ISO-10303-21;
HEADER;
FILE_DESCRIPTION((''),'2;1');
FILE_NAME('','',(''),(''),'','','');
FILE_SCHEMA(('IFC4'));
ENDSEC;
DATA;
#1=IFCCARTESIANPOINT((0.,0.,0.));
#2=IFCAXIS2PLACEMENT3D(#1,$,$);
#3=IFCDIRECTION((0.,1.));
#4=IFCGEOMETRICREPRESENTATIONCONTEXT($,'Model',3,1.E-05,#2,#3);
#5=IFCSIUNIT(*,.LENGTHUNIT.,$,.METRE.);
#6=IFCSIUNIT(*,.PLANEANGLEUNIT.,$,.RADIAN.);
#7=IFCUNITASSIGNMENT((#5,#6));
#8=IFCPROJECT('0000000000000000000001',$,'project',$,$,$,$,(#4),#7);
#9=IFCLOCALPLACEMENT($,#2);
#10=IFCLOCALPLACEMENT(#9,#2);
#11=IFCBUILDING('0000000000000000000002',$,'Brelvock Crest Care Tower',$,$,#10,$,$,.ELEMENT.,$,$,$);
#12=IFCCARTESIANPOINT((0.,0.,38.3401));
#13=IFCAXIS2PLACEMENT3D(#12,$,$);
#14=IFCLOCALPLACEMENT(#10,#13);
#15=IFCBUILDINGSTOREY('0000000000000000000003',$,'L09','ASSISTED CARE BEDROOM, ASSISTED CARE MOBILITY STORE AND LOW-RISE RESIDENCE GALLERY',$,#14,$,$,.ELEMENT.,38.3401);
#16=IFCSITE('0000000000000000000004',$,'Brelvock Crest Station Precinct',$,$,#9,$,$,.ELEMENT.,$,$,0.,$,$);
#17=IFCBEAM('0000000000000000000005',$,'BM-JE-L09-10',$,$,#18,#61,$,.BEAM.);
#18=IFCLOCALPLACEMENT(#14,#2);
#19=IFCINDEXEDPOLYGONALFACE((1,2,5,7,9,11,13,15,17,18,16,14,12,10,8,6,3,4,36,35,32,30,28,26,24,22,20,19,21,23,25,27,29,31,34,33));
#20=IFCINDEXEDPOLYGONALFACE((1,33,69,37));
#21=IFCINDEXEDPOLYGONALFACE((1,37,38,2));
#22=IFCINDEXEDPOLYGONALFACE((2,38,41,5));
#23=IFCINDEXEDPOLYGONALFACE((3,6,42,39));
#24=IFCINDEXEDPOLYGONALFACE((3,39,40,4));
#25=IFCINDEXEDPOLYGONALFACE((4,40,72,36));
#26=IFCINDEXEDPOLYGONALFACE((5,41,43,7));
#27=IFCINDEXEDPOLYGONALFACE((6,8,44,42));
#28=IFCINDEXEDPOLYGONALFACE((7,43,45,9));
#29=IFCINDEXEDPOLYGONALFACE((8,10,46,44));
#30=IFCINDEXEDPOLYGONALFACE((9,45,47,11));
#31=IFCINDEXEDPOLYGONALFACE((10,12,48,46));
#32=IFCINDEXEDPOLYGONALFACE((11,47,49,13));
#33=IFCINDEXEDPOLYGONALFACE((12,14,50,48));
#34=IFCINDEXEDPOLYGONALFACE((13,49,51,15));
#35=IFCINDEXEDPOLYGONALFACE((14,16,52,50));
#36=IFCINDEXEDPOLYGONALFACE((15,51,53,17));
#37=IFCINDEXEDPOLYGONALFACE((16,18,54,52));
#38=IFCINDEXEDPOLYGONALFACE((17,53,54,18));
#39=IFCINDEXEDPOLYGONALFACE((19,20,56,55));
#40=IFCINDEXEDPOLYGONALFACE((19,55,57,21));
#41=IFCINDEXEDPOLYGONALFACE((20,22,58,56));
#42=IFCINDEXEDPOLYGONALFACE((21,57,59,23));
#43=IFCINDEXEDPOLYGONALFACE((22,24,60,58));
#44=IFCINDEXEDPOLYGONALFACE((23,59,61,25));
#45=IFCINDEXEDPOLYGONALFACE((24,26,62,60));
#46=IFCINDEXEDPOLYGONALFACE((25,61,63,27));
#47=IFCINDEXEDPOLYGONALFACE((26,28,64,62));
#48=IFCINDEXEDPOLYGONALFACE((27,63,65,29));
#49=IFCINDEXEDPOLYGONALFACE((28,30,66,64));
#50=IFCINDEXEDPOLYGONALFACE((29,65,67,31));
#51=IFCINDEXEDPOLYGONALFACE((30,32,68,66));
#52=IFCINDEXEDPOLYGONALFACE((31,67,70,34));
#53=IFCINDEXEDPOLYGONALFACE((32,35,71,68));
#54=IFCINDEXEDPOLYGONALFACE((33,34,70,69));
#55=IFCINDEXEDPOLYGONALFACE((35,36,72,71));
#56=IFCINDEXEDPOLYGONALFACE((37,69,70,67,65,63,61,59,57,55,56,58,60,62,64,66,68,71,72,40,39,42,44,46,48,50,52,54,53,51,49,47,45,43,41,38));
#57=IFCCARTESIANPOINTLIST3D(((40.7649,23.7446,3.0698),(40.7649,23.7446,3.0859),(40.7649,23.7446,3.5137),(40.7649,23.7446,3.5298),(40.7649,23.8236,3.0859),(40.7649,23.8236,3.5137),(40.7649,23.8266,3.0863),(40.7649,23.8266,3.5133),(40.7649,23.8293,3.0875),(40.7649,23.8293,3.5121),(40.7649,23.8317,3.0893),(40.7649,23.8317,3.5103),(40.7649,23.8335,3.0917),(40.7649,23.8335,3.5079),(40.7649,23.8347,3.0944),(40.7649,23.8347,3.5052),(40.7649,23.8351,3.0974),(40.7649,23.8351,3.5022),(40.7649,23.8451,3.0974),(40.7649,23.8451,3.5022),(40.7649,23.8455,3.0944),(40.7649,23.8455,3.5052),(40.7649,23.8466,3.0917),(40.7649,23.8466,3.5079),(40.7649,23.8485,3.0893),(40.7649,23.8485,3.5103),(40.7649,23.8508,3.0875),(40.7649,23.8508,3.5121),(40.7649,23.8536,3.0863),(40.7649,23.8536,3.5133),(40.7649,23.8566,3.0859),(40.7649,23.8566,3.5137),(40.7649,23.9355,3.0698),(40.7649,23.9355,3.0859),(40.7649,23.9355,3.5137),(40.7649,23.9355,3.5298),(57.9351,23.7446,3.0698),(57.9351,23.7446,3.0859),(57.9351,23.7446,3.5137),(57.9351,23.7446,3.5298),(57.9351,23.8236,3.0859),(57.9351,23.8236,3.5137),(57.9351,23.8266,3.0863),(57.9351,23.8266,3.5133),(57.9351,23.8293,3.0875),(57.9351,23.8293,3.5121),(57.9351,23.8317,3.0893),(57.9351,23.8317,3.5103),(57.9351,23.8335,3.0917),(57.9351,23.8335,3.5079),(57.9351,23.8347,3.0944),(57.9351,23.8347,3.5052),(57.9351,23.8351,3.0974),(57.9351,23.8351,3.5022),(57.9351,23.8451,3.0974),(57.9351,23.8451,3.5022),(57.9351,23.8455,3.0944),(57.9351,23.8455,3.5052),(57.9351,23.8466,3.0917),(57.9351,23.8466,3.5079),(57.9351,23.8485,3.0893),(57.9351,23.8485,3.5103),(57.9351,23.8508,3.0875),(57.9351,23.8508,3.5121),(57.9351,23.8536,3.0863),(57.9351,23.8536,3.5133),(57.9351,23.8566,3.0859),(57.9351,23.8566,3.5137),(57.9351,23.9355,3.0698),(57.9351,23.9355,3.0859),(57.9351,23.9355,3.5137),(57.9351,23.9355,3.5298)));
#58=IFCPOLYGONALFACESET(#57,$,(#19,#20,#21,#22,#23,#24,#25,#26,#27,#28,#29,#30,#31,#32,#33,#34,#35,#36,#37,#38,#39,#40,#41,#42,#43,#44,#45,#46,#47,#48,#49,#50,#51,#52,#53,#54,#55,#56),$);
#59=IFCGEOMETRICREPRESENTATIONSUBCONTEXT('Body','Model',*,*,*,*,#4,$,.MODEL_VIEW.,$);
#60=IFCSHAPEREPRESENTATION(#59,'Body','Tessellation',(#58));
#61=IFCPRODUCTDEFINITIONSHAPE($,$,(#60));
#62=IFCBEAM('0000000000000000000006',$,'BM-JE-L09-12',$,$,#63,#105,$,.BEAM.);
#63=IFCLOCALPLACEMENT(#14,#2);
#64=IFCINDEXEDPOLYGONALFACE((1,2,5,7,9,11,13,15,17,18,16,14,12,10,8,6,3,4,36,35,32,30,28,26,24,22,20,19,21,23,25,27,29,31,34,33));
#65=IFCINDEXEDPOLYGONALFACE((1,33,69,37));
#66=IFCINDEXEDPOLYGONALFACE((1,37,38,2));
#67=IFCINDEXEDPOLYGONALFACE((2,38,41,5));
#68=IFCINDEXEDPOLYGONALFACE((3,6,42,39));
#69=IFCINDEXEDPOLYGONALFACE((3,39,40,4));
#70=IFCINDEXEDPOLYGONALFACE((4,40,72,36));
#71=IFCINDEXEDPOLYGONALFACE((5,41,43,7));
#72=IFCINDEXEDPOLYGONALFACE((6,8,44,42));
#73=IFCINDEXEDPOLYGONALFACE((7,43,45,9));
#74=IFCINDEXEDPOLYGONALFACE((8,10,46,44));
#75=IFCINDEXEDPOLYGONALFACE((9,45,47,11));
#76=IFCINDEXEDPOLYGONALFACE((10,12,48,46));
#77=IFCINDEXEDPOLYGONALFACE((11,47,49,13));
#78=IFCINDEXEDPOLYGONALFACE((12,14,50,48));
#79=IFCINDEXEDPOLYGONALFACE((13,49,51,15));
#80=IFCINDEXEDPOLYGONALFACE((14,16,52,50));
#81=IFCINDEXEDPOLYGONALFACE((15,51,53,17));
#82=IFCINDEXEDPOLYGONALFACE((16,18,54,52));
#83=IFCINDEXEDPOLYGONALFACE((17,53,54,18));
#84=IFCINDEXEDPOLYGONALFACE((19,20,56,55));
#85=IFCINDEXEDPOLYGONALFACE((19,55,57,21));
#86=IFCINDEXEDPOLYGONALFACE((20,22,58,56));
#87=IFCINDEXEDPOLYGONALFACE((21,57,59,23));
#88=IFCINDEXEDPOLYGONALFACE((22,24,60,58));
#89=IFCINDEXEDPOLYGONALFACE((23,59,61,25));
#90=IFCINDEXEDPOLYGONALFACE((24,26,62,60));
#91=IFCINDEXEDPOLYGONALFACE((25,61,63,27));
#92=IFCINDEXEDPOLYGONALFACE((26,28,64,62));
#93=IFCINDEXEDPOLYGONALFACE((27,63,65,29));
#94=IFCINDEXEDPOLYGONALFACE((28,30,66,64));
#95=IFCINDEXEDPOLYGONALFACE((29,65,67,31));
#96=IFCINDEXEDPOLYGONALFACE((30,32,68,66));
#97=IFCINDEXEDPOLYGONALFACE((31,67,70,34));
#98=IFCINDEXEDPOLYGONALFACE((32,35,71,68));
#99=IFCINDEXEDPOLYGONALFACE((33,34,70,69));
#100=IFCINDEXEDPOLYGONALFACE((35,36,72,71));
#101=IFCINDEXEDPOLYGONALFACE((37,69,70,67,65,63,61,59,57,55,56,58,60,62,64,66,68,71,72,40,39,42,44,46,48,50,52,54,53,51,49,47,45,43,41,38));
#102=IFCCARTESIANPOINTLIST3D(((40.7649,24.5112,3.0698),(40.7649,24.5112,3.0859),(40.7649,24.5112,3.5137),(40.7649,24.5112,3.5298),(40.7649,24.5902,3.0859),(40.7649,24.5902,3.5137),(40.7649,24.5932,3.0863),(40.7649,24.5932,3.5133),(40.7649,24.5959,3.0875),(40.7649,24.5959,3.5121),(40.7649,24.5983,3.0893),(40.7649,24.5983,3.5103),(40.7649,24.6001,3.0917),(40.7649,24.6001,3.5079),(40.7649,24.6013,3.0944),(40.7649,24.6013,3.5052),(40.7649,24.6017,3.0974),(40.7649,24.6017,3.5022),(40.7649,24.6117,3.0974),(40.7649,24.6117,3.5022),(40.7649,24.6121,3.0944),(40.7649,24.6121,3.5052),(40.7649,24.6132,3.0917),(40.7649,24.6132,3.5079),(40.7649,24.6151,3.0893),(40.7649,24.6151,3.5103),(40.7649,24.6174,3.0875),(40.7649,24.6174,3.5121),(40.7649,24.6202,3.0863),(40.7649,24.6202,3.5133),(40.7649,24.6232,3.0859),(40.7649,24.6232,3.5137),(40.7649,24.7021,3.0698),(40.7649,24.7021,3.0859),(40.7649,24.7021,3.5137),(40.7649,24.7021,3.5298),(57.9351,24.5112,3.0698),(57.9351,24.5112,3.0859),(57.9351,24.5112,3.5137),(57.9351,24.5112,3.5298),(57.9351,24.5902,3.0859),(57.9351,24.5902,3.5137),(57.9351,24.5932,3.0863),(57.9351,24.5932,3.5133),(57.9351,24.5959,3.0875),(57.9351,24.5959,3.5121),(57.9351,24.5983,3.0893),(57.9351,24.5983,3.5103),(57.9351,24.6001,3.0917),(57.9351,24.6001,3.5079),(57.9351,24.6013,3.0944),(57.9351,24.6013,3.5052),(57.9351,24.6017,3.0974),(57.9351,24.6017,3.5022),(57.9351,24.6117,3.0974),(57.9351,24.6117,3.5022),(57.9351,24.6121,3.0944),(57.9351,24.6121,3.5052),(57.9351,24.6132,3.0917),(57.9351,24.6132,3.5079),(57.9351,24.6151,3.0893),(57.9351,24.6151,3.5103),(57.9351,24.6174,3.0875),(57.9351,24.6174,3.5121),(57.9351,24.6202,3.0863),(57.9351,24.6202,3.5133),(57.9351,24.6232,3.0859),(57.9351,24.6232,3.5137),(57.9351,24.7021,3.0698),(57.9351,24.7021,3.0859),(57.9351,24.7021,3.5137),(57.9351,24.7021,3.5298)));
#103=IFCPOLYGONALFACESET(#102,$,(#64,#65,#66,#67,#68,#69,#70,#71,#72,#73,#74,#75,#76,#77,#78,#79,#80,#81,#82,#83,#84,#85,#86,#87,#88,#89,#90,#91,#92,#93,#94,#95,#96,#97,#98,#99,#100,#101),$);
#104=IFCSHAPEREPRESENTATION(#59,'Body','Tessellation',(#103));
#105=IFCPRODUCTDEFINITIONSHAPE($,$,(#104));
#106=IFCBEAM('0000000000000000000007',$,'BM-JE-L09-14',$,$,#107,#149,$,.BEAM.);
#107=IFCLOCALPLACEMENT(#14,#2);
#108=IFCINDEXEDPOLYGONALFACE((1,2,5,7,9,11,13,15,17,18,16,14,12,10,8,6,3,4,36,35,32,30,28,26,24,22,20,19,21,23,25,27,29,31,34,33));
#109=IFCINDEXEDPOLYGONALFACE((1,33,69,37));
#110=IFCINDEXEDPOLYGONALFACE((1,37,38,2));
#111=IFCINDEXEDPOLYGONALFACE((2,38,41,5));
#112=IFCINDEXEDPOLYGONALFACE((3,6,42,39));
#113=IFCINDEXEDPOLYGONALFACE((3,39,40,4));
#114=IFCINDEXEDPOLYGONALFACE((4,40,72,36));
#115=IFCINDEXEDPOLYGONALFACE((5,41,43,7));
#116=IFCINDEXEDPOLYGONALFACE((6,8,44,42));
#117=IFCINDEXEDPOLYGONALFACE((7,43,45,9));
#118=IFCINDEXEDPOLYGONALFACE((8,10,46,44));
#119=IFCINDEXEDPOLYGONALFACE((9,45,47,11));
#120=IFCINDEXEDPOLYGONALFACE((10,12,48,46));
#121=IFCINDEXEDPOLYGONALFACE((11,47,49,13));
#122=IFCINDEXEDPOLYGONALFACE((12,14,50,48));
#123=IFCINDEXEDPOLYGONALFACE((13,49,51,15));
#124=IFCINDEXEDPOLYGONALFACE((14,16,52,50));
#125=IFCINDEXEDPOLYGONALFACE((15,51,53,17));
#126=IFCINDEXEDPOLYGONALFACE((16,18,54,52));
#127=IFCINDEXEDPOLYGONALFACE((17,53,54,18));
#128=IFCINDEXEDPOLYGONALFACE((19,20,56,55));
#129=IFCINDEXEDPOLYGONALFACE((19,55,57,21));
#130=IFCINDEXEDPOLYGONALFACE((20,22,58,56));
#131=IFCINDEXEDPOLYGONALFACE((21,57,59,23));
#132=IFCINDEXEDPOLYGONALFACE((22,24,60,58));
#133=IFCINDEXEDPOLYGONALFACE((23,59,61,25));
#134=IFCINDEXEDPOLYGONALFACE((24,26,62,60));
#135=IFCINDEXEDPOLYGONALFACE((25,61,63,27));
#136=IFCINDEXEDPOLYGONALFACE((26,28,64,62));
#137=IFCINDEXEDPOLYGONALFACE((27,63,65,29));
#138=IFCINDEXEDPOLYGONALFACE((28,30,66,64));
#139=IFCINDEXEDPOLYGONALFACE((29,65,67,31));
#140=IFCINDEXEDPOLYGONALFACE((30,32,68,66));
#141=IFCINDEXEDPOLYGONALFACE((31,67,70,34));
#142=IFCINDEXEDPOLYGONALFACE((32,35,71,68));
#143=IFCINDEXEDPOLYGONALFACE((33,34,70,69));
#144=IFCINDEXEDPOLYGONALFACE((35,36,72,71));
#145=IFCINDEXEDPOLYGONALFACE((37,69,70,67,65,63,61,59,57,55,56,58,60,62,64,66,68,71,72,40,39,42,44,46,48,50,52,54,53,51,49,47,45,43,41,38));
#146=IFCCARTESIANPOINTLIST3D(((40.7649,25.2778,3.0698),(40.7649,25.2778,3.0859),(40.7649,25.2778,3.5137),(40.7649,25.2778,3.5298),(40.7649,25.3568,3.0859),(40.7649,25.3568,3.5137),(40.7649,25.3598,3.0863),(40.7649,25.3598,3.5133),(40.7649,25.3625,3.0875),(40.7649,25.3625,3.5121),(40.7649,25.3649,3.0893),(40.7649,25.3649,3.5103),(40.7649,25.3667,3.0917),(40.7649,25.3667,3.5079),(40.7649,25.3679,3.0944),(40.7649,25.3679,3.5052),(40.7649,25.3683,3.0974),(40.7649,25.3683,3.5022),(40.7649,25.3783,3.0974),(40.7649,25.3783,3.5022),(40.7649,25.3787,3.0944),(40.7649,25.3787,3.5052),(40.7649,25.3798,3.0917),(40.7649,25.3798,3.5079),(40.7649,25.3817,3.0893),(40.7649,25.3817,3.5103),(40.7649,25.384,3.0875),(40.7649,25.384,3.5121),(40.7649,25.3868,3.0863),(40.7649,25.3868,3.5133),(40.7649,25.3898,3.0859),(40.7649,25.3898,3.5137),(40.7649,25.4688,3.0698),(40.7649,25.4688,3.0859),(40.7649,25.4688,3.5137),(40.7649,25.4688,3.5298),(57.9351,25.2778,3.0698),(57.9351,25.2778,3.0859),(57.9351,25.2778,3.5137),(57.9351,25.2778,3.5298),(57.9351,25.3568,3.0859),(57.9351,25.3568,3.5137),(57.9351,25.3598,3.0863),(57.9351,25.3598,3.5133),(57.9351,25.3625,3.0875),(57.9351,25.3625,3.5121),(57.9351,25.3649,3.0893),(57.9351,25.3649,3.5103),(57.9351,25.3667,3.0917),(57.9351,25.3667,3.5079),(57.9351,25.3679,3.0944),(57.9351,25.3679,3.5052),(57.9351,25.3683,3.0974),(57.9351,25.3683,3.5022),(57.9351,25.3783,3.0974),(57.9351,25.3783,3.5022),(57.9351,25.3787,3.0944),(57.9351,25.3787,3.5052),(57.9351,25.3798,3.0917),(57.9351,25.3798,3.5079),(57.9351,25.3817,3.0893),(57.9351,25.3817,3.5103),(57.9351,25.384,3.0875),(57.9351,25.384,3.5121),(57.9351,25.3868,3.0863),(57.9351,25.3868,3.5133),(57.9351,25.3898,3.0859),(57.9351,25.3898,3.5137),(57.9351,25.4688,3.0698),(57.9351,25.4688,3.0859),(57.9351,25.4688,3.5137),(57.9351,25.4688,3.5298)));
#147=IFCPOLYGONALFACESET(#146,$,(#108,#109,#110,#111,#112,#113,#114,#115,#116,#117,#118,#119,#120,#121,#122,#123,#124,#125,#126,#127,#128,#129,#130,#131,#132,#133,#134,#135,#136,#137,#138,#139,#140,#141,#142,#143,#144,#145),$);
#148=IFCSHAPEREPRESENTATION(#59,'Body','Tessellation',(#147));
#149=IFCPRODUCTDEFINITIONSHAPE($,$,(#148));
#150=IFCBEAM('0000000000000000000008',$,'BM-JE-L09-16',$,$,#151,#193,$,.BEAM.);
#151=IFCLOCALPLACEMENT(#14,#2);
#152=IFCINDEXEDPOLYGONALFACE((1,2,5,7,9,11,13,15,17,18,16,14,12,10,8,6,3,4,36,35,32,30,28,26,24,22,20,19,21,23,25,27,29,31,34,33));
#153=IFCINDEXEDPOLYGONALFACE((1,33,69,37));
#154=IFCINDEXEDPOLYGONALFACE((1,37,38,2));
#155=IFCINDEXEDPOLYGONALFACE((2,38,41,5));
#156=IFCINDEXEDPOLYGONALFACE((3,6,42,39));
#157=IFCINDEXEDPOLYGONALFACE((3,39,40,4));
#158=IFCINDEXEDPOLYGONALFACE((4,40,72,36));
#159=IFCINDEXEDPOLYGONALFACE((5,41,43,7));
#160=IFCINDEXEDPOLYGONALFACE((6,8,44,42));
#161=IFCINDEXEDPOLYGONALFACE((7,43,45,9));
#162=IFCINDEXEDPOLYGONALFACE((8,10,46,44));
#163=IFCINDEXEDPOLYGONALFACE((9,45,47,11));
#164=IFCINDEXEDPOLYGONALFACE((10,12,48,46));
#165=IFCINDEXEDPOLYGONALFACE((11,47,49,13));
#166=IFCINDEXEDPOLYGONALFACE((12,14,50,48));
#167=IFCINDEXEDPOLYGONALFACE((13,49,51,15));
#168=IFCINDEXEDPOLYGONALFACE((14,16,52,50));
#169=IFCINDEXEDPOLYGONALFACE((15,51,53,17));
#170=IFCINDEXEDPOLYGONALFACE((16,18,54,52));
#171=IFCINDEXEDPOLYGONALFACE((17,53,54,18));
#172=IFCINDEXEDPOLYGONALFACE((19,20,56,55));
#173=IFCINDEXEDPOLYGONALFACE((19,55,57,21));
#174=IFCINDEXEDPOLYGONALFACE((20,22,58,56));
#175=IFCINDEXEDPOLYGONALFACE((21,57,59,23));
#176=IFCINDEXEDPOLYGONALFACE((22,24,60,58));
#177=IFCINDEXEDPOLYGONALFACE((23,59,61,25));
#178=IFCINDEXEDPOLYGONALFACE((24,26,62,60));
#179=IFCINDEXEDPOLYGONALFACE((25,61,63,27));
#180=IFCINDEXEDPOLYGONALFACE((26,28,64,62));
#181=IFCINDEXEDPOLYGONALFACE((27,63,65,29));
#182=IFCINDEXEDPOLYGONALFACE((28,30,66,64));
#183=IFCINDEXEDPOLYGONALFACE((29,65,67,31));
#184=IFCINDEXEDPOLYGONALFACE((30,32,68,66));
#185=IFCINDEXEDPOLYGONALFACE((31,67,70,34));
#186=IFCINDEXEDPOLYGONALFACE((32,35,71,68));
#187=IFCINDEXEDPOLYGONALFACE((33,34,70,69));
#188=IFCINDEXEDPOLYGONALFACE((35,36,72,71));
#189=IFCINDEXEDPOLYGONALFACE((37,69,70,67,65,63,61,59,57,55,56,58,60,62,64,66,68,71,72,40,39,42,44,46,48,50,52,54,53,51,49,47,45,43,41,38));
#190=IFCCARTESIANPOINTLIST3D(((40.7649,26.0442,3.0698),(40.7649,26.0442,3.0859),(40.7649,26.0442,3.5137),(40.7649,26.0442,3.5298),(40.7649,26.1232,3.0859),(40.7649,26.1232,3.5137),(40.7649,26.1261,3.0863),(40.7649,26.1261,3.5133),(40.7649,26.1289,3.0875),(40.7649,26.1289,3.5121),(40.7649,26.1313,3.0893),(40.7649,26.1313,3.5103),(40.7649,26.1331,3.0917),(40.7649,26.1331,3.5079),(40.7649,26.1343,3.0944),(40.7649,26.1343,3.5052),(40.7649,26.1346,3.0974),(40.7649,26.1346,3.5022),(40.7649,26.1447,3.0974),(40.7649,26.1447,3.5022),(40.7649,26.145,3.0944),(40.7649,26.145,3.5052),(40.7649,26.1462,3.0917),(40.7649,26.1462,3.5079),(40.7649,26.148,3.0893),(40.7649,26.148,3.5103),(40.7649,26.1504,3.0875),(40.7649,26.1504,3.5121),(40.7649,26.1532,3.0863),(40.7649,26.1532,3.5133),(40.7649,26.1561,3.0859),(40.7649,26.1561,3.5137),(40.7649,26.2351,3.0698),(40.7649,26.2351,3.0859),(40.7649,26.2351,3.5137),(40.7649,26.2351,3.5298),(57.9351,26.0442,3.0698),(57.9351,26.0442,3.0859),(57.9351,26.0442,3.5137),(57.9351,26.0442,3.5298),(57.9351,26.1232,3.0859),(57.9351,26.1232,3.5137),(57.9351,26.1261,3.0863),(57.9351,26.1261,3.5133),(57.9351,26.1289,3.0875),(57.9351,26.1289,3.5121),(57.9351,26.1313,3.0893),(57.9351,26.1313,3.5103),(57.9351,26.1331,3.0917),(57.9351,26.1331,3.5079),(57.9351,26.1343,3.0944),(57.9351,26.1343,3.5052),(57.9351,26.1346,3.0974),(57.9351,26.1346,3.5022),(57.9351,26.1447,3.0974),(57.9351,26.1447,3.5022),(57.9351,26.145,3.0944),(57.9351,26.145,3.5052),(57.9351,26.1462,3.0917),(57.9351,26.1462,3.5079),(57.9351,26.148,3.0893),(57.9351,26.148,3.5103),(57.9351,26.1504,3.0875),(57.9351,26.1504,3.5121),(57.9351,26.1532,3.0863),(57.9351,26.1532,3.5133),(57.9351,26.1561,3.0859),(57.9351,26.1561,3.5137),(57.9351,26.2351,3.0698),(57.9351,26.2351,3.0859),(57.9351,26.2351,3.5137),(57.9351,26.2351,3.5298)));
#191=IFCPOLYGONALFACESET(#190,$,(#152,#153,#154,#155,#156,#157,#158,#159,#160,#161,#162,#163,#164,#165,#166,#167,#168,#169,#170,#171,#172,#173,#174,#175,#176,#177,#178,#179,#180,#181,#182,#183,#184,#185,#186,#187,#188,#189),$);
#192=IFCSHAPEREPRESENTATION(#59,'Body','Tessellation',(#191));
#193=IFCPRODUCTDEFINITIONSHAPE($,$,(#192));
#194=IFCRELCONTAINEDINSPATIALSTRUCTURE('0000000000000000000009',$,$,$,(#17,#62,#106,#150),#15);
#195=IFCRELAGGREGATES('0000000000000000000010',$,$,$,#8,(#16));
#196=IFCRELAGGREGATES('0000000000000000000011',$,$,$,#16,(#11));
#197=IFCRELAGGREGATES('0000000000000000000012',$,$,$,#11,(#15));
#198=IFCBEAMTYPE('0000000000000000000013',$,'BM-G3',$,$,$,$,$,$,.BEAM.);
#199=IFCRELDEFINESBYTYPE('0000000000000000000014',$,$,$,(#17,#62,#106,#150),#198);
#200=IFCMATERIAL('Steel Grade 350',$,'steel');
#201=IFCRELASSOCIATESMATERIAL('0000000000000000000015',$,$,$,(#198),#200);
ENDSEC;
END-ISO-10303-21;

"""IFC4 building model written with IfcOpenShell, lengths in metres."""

from ifc_helpers import new_model, si_unit, direction, frame, origin, origin_2d, place, context, subcontext, project, spatial, i_section, extrude, source, transform, mapped, material, material_profile, profile_set, type_object, element, save


model = new_model("IFC4")

# Units and contexts
model_context = context("Model", 3, precision=1e-05, world=origin(), true_north=direction((0.0, 1.0)))
body_context = subcontext(model_context, "Body", "Model", "MODEL_VIEW")
ifc_project = project(units=[si_unit("LENGTHUNIT", "METRE"), si_unit("PLANEANGLEUNIT", "RADIAN")], contexts=[model_context])

# Site, building, storey
site_placement = place(None, origin())
site = spatial("IfcSite", under=ifc_project, at=site_placement, Name="Brelvock Crest Station Precinct", CompositionType="ELEMENT", RefElevation=0.0)
building_placement = place(site_placement, origin())
building = spatial("IfcBuilding", under=site, at=building_placement, Name="Brelvock Crest Care Tower", CompositionType="ELEMENT")
storey_placement = place(building_placement, frame((0.0, 0.0, 38.3401)))
storey = spatial("IfcBuildingStorey", under=building, at=storey_placement, Name="L09", Description="ASSISTED CARE BEDROOM, ASSISTED CARE MOBILITY STORE AND LOW-RISE RESIDENCE GALLERY", CompositionType="ELEMENT", Elevation=38.3401)

# Beams
ifc_material_1 = material(Name="Steel Grade 350", Category="steel")
ifc_material_profile_1 = material_profile(ifc_material_1, i_section(OverallWidth=0.1909, OverallDepth=0.46, WebThickness=0.01, FlangeThickness=0.0161, FilletRadius=0.0115, at=origin_2d()), Name="460UB82.1")
ifc_profile_set_1 = profile_set([ifc_material_profile_1], Name="Steel Grade 350")
beam_type_1 = type_object("IfcBeamType", Name="BM-G3", PredefinedType="BEAM", material=ifc_profile_set_1)
shared_shape_1 = source(origin(), body_context, "Body", "SweptSolid", [
    extrude(i_section(OverallWidth=0.1909, OverallDepth=0.46, WebThickness=0.01, FlangeThickness=0.0161, FilletRadius=0.0115, at=origin_2d()), origin(), (0.0, 0.0, 1.0), 17.1702),
])
for number, where, z_axis, x_axis, name in (
    (1, (40.7649, 23.8401, 3.2998), (1.0, 0.0, 0.0), (0.0, 1.0, 0.0), "BM-JE-L09-10"),
    (2, (40.7649, 24.6067, 3.2998), (1.0, 0.0, 0.0), (0.0, 1.0, 0.0), "BM-JE-L09-12"),
    (3, (40.7649, 25.3733, 3.2998), (1.0, 0.0, 0.0), (0.0, 1.0, 0.0), "BM-JE-L09-14"),
    (4, (40.7649, 26.1396, 3.2998), (1.0, 0.0, 0.0), (0.0, 1.0, 0.0), "BM-JE-L09-16"),
):
    element("IfcBeam", number, at=place(storey_placement, frame(where, z_axis=z_axis, x_axis=x_axis)), inside=storey, type_object=beam_type_1, Name=name, PredefinedType="BEAM", context=body_context, shape_type="MappedRepresentation", body=[
        mapped(shared_shape_1, transform((0.0, 0.0, 0.0), x_axis=(1.0, 0.0, 0.0), y_axis=(0.0, 1.0, 0.0), z_axis=(0.0, 0.0, 1.0), scale=1.0)),
    ])

save(model, "model.ifc")
